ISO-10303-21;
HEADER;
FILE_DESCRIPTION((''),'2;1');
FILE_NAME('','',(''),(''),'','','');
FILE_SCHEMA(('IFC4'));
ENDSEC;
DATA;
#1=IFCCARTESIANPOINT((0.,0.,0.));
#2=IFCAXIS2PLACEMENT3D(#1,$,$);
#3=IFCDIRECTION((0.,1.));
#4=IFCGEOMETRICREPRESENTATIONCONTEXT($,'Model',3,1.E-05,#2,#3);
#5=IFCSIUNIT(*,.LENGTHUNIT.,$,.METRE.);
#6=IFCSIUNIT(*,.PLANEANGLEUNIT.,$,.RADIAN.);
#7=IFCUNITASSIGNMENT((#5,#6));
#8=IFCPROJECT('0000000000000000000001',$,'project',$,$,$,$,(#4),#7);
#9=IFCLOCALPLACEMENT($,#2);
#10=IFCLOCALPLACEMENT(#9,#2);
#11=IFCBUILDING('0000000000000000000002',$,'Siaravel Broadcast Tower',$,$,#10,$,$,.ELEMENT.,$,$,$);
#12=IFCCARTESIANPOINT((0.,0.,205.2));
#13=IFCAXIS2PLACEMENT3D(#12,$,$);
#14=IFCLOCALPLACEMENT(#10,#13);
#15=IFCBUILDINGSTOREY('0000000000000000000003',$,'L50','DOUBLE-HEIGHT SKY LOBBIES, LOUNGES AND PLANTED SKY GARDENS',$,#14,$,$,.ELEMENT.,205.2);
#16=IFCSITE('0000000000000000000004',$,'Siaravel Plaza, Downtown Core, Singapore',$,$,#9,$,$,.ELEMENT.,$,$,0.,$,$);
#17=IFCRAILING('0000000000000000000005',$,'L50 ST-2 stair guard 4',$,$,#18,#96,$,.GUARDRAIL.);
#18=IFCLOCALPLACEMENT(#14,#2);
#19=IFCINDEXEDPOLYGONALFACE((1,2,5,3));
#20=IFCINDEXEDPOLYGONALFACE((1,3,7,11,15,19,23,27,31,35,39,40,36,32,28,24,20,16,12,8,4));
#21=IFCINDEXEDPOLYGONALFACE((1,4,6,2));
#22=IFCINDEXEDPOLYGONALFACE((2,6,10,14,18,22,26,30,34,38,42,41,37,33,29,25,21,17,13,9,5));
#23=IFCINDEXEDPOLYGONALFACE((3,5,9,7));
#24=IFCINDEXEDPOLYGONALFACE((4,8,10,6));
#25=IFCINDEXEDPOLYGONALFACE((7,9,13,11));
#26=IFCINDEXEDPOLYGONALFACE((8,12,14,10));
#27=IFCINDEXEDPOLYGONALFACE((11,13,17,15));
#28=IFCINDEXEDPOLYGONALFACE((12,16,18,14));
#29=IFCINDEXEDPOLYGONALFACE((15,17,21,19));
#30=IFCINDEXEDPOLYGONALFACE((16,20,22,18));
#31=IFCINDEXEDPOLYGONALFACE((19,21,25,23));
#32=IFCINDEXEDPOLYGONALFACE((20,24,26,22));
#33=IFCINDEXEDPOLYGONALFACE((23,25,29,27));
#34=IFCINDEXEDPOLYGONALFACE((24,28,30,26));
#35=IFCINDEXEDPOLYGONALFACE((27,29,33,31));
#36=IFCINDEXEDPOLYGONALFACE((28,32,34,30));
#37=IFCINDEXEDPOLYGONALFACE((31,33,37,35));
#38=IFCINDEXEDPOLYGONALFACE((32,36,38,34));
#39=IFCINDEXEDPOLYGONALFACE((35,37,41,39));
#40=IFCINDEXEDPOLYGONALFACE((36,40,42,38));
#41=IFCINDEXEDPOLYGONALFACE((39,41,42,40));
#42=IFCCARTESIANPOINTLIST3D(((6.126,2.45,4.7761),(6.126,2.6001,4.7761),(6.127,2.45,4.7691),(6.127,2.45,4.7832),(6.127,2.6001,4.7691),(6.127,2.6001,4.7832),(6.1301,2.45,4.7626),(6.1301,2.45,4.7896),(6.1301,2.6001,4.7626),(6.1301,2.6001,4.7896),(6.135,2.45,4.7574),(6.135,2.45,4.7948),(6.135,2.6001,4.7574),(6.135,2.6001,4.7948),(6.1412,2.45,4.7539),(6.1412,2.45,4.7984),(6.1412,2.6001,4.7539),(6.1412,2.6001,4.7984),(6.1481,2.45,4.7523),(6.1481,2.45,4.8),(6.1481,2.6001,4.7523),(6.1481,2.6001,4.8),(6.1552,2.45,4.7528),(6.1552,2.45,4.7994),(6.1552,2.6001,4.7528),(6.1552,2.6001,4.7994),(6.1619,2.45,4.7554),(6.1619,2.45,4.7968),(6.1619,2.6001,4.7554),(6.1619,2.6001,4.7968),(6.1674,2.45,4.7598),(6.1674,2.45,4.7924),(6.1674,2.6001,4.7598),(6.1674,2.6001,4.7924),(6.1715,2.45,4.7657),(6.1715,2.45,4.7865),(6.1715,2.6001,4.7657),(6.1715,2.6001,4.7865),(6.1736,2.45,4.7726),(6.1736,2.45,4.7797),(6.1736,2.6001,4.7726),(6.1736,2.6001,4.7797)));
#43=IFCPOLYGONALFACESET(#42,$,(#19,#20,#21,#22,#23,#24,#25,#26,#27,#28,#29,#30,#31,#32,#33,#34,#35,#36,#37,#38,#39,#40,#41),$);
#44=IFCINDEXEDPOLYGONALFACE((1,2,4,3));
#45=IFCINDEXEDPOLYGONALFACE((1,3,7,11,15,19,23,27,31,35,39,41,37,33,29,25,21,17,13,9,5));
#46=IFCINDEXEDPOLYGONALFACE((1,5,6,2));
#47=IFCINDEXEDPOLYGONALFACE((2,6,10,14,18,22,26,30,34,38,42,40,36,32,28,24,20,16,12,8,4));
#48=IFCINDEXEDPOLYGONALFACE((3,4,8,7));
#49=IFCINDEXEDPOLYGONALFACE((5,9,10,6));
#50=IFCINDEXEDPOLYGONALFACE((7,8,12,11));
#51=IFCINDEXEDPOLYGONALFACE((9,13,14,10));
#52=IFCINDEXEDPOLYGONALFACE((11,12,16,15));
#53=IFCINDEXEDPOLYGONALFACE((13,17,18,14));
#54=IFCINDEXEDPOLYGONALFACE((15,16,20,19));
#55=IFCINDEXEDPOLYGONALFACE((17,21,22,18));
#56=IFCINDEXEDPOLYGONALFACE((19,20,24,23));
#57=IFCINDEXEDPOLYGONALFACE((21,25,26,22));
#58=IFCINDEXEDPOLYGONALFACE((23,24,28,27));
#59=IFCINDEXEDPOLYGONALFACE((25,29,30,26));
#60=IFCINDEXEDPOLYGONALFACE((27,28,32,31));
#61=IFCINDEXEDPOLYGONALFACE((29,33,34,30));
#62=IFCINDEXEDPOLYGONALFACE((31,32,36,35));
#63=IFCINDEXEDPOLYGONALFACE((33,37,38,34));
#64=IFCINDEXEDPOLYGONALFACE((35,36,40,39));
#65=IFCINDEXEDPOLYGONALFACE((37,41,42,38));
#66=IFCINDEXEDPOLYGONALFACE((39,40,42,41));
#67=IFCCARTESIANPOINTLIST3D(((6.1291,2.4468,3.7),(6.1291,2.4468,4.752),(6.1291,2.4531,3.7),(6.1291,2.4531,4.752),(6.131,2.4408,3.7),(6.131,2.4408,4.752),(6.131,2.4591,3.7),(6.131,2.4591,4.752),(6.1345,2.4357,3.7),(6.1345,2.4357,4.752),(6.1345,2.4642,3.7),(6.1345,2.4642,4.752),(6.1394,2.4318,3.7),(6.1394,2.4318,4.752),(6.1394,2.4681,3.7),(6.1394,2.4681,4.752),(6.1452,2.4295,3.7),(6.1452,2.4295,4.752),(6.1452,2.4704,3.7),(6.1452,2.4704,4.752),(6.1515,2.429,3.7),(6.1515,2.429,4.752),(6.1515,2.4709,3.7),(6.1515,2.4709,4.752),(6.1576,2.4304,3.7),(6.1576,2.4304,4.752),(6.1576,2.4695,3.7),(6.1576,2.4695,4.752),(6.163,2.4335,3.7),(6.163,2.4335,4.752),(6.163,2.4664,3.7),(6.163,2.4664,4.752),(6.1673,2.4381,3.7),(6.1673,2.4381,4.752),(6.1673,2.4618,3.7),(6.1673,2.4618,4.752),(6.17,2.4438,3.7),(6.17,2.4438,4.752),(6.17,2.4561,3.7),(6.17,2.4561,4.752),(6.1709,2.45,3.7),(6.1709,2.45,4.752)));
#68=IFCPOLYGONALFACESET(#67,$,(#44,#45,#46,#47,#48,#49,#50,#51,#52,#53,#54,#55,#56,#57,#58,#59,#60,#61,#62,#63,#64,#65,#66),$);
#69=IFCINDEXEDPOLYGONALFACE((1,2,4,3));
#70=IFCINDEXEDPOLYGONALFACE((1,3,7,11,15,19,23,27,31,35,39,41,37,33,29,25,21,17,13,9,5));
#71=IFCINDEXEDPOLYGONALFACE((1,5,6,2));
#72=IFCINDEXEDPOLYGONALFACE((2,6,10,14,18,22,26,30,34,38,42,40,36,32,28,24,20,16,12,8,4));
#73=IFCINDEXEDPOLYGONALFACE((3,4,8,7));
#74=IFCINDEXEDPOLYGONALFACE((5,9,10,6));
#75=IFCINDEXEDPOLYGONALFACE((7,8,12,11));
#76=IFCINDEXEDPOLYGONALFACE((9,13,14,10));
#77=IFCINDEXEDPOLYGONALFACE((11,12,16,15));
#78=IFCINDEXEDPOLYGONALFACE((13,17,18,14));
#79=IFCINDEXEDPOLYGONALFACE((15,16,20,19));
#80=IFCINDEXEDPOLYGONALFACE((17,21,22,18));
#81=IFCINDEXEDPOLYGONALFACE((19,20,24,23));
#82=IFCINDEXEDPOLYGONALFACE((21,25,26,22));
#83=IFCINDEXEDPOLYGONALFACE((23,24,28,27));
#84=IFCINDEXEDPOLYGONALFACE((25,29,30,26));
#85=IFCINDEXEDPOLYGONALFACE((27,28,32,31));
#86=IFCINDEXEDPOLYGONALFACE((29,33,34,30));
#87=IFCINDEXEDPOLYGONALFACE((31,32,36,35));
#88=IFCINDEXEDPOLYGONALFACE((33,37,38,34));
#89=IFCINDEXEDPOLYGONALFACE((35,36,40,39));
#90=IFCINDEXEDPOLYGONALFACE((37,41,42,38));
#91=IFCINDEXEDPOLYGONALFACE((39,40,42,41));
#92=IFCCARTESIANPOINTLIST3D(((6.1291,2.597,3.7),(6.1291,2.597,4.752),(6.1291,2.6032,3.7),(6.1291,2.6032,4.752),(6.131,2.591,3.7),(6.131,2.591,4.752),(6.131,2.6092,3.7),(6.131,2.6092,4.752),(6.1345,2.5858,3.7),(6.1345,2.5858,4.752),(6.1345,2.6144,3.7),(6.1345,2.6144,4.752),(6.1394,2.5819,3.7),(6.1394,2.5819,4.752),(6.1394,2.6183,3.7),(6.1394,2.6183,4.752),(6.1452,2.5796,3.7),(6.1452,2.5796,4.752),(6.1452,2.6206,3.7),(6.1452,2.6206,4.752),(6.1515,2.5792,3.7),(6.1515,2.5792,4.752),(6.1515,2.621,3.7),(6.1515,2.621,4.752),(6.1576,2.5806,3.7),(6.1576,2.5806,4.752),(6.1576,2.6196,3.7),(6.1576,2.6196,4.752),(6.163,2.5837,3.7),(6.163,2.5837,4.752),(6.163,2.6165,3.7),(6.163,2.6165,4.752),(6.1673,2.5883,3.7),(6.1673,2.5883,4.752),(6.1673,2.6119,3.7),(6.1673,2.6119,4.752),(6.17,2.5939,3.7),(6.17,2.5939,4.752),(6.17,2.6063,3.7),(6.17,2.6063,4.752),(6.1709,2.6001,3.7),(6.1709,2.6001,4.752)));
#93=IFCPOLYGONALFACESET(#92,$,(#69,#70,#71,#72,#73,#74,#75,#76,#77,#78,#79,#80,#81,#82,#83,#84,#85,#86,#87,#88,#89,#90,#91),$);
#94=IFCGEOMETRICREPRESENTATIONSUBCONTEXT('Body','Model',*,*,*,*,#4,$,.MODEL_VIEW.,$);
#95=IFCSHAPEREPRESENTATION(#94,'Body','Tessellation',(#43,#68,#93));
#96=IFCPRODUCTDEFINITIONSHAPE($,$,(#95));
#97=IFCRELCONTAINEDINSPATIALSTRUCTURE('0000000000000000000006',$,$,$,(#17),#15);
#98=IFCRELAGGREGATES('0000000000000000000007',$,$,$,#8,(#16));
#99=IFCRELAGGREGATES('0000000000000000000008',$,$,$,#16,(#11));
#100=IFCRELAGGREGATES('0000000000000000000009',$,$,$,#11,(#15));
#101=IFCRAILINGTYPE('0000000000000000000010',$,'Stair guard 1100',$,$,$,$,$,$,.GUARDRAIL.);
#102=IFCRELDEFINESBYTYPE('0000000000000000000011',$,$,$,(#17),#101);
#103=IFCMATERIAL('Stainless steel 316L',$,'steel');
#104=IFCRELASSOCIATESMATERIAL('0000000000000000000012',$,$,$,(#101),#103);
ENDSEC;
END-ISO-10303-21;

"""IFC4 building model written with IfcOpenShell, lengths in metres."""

from ifc_helpers import new_model, si_unit, direction, frame, origin, origin_2d, place, context, subcontext, project, spatial, circle, extrude, material, type_object, element, save


model = new_model("IFC4")

# Units and contexts
model_context = context("Model", 3, precision=1e-05, world=origin(), true_north=direction((0.0, 1.0)))
body_context = subcontext(model_context, "Body", "Model", "MODEL_VIEW")
ifc_project = project(units=[si_unit("LENGTHUNIT", "METRE"), si_unit("PLANEANGLEUNIT", "RADIAN")], contexts=[model_context])

# Site, building, storey
site_placement = place(None, origin())
site = spatial("IfcSite", under=ifc_project, at=site_placement, Name="Siaravel Plaza, Downtown Core, Singapore", CompositionType="ELEMENT", RefElevation=0.0)
building_placement = place(site_placement, origin())
building = spatial("IfcBuilding", under=site, at=building_placement, Name="Siaravel Broadcast Tower", CompositionType="ELEMENT")
storey_placement = place(building_placement, frame((0.0, 0.0, 205.2)))
storey = spatial("IfcBuildingStorey", under=building, at=storey_placement, Name="L50", Description="DOUBLE-HEIGHT SKY LOBBIES, LOUNGES AND PLANTED SKY GARDENS", CompositionType="ELEMENT", Elevation=205.2)

# Railing
ifc_material_1 = material(Name="Stainless steel 316L", Category="steel")
railing_type_1 = type_object("IfcRailingType", Name="Stair guard 1100", PredefinedType="GUARDRAIL", material=ifc_material_1)
railing_1_placement = place(storey_placement, frame((6.1499, 2.45, 3.7)))
element("IfcRailing", 1, at=railing_1_placement, inside=storey, type_object=railing_type_1, Name="L50 ST-2 stair guard 4", PredefinedType="GUARDRAIL", context=body_context, shape_type="SweptSolid", body=[
    extrude(circle(Radius=0.0239, at=origin_2d()), frame((0.0, 0.0, 1.0762), z_axis=(0.0, 1.0, 0.0), x_axis=(-1.0, 0.0, 0.0)), (0.0, 0.0, 1.0), 0.1501),
    extrude(circle(Radius=0.021, at=origin_2d()), origin(), (0.0, 0.0, 1.0), 1.052),
    extrude(circle(Radius=0.021, at=origin_2d()), frame((0.0, 0.1501, 0.0)), (0.0, 0.0, 1.0), 1.052),
])

save(model, "model.ifc")
